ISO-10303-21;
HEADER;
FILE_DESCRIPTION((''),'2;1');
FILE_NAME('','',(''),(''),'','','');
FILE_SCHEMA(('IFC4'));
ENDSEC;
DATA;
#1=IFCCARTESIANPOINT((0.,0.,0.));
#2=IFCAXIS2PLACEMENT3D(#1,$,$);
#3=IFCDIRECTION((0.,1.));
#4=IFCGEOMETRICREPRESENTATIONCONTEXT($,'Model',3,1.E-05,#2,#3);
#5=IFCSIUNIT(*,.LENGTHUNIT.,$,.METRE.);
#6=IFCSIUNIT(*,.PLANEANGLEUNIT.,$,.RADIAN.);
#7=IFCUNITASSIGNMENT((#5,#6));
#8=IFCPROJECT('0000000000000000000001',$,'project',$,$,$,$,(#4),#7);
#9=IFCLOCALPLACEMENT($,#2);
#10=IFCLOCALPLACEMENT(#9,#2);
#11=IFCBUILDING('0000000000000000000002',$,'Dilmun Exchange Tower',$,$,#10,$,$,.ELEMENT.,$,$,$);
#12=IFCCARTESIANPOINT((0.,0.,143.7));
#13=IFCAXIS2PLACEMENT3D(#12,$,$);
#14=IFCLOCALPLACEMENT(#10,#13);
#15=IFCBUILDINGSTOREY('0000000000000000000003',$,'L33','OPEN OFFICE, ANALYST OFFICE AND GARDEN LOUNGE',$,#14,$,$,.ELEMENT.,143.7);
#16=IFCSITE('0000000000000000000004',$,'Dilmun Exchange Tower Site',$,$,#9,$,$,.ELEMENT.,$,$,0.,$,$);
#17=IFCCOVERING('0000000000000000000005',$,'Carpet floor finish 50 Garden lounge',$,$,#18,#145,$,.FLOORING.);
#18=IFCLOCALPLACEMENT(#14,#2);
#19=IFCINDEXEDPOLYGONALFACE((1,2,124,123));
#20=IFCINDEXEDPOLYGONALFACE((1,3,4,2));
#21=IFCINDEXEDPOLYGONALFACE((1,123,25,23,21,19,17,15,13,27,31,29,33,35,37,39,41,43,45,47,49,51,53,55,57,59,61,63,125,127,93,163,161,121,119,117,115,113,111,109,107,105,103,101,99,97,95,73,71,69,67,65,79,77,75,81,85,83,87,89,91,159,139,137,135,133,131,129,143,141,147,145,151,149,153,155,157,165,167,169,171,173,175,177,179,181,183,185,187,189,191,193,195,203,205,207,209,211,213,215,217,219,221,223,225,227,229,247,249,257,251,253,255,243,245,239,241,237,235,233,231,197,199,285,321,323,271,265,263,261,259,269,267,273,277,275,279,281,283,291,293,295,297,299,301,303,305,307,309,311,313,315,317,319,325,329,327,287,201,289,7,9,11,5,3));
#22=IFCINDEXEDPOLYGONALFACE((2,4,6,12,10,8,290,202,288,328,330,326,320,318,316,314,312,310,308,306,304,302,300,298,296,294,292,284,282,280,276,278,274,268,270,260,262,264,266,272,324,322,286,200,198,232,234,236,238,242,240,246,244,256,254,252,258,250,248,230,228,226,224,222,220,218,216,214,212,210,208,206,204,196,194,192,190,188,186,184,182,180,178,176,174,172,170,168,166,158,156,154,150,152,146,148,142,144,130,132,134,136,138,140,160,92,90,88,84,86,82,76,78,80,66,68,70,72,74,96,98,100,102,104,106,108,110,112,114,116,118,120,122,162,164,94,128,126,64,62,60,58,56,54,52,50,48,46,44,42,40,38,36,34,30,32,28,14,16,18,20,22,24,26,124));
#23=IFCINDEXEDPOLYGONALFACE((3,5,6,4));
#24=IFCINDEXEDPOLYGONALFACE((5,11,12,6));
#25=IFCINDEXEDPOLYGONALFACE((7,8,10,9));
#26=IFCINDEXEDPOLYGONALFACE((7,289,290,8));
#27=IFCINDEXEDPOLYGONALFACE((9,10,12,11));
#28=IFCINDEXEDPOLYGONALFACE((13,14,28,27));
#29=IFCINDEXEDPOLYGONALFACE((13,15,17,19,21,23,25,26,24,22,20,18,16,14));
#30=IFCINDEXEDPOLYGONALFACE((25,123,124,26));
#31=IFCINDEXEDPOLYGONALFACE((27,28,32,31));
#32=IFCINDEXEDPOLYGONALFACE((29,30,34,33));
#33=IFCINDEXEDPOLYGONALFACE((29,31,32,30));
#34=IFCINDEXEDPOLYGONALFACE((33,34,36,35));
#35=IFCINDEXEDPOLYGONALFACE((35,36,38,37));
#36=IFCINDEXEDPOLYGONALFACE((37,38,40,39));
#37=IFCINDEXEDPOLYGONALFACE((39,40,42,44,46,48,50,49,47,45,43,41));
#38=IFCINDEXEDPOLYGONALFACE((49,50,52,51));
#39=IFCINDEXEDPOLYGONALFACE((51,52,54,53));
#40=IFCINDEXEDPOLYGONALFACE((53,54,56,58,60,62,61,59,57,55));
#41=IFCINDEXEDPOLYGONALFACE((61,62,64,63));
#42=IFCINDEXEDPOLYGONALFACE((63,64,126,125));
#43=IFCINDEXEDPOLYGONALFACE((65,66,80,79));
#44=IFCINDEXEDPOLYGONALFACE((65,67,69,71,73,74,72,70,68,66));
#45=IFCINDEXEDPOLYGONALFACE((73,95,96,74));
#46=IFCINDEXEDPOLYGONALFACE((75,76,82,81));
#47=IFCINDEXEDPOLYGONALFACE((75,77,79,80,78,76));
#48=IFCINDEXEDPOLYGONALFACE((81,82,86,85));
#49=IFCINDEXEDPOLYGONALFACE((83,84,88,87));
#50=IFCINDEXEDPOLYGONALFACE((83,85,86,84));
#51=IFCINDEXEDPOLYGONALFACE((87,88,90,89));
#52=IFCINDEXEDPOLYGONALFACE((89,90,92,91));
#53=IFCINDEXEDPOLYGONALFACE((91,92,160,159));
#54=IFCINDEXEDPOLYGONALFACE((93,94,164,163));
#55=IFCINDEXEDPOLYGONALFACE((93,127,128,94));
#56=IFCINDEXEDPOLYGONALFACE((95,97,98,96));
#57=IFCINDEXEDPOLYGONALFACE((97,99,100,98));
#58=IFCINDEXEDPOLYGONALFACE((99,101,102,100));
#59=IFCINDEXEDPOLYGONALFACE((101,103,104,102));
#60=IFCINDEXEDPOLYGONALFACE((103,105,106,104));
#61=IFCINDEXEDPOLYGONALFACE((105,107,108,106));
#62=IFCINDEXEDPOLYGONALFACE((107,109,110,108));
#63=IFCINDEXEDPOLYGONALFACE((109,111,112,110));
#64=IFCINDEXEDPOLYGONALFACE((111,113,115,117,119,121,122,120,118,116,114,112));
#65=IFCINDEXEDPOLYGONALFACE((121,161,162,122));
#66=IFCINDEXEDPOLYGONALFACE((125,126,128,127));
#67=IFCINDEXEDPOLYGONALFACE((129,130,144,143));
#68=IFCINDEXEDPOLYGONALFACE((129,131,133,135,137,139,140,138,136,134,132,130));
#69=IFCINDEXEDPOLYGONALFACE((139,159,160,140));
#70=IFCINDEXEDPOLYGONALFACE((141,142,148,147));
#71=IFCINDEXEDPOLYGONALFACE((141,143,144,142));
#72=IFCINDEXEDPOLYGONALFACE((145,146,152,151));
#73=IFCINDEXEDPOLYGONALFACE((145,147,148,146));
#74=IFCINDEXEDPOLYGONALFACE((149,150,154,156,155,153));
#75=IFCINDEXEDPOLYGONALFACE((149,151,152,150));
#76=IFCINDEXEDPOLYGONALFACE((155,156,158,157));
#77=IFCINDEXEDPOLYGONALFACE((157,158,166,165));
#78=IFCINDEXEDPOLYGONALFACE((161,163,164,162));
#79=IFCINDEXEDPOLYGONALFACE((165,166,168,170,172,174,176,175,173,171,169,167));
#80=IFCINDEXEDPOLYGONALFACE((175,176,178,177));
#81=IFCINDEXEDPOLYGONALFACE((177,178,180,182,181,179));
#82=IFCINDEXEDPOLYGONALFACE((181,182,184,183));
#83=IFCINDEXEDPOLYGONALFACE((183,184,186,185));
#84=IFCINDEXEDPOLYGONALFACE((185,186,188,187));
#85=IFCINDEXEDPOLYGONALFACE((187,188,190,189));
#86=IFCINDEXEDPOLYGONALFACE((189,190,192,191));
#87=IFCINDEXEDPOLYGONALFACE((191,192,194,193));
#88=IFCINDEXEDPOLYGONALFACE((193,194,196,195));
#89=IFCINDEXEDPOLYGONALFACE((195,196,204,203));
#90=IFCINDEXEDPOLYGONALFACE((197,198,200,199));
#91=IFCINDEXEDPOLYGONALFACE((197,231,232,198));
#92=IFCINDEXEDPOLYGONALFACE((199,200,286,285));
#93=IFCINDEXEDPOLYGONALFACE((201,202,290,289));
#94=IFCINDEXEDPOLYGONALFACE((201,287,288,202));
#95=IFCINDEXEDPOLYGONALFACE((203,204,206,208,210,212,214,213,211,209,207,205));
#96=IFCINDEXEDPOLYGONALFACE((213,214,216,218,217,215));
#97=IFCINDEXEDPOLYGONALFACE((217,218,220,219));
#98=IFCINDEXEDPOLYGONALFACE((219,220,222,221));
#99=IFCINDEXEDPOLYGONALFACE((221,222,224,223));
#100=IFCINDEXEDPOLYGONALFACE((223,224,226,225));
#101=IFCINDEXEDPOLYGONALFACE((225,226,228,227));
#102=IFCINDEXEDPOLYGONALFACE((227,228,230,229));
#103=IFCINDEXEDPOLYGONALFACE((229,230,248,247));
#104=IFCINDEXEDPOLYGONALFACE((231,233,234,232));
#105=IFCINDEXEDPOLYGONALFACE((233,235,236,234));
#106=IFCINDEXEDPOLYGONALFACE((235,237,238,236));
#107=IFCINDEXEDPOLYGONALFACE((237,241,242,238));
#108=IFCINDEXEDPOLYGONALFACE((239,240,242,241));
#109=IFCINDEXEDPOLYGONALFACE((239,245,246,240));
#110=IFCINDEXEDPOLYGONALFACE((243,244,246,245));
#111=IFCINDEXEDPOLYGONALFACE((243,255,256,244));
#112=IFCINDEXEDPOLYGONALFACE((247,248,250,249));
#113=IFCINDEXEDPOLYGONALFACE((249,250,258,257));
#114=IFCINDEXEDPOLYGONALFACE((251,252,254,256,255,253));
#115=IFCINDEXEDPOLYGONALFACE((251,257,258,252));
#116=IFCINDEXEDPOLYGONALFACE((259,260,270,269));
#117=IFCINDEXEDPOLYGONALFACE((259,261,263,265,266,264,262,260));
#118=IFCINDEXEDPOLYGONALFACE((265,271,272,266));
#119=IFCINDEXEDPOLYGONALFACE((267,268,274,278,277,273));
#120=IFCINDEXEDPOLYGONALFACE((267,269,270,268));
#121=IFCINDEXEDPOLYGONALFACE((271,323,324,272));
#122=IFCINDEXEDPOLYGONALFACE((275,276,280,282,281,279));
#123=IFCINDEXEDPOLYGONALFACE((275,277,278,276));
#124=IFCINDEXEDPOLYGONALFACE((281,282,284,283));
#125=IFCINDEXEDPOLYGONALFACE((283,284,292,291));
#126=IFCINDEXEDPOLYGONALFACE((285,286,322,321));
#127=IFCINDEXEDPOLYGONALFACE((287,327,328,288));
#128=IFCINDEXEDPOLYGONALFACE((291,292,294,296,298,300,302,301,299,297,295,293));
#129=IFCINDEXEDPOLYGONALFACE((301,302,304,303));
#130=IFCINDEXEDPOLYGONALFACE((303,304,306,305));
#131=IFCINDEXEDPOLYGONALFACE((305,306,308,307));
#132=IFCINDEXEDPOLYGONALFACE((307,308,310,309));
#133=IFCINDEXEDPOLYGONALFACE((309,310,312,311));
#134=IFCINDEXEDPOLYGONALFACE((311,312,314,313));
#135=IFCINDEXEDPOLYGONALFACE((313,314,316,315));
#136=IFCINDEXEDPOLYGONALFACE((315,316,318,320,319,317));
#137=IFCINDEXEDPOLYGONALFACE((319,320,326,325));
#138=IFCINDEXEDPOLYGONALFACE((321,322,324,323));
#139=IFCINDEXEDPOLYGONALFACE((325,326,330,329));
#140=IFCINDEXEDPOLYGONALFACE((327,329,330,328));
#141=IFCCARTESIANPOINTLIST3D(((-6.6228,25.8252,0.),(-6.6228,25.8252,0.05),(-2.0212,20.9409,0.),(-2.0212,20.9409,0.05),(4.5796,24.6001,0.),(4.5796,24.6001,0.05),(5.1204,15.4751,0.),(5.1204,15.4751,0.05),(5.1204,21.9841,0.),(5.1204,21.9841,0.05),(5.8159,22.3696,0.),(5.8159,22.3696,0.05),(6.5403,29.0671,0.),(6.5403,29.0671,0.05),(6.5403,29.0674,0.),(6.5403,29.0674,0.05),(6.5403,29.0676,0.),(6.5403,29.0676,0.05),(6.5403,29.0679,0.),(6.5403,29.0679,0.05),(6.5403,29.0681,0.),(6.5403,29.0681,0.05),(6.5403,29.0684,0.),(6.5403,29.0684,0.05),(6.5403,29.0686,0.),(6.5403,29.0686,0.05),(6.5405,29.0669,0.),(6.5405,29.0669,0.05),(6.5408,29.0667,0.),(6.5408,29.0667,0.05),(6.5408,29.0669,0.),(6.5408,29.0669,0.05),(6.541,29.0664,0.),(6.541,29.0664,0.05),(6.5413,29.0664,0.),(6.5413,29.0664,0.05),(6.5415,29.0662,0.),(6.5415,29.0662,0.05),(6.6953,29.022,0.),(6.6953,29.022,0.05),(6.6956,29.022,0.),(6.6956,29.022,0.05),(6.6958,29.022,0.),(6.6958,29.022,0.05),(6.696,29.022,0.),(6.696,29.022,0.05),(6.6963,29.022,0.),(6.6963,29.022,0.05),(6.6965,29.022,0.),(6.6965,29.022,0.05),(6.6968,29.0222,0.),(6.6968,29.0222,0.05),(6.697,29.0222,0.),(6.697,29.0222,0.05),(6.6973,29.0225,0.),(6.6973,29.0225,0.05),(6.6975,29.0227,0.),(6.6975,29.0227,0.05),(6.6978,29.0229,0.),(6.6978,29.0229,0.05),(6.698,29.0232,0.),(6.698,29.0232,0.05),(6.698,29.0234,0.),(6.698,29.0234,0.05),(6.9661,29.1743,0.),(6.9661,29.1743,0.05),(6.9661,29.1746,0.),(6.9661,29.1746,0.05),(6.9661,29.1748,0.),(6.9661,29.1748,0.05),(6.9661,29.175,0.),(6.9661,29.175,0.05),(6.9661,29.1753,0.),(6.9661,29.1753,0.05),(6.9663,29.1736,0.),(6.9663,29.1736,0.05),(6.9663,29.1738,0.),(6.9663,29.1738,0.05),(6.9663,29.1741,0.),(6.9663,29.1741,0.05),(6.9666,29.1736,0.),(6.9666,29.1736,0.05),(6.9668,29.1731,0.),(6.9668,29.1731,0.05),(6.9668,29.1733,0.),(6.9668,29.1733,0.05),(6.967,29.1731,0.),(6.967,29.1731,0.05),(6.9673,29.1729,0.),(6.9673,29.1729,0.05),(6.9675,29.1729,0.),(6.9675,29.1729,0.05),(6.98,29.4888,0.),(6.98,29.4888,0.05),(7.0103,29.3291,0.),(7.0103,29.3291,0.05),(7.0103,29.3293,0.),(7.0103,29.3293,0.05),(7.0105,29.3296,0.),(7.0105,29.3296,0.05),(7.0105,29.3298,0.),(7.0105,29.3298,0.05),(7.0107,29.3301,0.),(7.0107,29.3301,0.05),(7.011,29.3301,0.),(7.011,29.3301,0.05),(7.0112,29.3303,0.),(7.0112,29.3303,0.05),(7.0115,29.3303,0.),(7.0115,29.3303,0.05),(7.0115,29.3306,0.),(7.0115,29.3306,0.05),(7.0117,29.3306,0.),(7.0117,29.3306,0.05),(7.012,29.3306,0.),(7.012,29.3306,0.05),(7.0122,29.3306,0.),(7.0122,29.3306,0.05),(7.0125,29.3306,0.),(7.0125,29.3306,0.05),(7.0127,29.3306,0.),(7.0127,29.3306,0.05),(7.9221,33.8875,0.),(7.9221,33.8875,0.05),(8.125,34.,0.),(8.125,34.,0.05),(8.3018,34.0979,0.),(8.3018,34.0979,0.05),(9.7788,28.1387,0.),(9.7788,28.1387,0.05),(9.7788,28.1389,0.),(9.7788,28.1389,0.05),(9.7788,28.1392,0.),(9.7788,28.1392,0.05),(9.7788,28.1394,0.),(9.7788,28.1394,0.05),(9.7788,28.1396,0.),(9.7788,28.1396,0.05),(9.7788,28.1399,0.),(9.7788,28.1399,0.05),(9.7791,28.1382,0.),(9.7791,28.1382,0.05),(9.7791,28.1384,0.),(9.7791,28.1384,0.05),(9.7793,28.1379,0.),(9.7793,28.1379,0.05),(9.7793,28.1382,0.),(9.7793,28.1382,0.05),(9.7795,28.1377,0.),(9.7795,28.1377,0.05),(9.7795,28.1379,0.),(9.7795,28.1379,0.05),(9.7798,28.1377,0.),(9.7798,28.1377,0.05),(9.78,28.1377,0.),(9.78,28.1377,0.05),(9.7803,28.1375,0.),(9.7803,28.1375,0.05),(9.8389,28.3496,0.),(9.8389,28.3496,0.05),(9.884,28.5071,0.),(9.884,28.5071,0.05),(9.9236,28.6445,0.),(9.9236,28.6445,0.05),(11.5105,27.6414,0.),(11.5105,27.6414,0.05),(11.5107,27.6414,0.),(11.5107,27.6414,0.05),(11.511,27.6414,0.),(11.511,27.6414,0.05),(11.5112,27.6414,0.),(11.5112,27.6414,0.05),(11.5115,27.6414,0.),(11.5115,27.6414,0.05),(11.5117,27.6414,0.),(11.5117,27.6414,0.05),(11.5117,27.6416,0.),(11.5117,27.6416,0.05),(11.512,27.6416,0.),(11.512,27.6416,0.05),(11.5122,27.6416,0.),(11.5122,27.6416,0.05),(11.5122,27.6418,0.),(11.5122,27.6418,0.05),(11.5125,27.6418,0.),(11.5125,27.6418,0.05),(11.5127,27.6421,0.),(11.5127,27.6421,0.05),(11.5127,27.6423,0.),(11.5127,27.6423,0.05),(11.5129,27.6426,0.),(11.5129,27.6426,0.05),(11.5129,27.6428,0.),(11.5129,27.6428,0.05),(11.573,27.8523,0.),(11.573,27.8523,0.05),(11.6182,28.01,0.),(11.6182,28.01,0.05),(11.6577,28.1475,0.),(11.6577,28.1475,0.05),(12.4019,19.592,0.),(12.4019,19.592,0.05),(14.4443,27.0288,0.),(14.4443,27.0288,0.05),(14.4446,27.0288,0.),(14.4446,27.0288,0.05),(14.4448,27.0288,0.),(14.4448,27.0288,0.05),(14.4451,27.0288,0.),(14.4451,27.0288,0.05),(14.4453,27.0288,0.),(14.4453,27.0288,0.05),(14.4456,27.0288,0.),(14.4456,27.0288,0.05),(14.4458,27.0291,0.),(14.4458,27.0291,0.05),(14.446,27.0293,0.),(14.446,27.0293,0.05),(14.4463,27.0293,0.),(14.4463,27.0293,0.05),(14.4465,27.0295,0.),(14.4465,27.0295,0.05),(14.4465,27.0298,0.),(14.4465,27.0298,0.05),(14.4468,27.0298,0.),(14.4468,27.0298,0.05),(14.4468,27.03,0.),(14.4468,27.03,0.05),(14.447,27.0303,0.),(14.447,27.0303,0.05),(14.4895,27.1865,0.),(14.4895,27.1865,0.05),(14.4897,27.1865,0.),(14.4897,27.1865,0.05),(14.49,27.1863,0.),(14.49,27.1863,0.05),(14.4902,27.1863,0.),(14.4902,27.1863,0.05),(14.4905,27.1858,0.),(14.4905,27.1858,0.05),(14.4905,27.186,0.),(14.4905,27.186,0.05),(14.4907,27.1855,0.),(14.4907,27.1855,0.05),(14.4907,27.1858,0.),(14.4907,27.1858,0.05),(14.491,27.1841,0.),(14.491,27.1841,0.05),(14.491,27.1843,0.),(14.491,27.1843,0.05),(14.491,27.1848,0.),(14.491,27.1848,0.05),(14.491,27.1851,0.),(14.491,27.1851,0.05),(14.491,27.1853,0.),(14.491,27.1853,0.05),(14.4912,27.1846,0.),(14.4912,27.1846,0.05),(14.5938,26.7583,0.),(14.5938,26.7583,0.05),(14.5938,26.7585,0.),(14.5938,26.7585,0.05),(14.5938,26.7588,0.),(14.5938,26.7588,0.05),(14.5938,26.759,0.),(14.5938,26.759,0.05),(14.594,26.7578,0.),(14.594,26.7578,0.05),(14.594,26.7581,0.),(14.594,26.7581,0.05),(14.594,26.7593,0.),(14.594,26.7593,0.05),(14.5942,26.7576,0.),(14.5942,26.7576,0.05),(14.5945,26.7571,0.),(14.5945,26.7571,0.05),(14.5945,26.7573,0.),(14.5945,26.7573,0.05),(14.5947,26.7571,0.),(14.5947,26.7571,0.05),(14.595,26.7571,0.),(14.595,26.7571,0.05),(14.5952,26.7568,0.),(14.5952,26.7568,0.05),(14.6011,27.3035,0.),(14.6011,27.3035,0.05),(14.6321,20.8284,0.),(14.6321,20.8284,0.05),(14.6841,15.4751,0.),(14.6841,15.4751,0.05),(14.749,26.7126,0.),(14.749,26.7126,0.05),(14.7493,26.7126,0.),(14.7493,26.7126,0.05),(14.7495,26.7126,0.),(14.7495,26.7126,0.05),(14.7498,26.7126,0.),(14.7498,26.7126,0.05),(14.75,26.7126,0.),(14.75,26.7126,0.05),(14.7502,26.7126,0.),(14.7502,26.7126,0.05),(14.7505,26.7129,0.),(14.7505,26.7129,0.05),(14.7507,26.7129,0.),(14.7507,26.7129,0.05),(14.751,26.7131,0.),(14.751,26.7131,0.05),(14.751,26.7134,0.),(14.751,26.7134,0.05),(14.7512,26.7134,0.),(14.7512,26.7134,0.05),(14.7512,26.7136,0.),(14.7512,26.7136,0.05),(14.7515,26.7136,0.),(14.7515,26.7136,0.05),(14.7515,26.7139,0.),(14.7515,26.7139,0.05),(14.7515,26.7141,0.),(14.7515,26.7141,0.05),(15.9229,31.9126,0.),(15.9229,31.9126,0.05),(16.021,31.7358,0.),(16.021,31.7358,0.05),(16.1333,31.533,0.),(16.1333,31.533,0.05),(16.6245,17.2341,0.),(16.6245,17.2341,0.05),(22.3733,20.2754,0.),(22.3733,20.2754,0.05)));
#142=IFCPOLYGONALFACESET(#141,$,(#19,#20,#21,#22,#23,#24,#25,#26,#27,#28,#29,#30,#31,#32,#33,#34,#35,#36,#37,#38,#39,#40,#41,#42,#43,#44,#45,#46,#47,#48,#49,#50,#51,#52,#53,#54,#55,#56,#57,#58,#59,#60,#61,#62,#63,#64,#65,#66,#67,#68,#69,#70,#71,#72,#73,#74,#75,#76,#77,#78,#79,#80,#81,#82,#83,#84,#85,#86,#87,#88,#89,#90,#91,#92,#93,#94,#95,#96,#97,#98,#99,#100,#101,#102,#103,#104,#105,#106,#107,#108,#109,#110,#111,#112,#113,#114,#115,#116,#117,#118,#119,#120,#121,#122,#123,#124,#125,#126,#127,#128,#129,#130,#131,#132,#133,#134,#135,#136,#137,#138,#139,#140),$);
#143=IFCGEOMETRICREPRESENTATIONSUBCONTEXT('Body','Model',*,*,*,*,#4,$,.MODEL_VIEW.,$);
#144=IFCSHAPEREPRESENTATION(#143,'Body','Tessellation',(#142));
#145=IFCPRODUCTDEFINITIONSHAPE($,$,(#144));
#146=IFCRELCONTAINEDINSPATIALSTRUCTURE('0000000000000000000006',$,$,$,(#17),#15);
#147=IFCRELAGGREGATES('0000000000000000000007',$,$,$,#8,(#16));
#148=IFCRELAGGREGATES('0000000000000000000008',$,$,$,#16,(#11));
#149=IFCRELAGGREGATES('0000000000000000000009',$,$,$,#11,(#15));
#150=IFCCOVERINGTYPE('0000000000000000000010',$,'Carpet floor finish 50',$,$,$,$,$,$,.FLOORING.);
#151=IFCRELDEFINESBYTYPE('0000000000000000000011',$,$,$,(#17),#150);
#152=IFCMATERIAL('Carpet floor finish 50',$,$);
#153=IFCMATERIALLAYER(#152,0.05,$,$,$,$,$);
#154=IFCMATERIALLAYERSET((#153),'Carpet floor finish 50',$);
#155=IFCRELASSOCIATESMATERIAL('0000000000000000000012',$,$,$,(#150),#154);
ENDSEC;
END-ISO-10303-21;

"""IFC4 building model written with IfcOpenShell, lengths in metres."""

from ifc_helpers import new_model, si_unit, direction, frame, origin, place, context, subcontext, project, spatial, polyline, outline, extrude, material, layer, layer_set, type_object, element, save


model = new_model("IFC4")

# Units and contexts
model_context = context("Model", 3, precision=1e-05, world=origin(), true_north=direction((0.0, 1.0)))
body_context = subcontext(model_context, "Body", "Model", "MODEL_VIEW")
ifc_project = project(units=[si_unit("LENGTHUNIT", "METRE"), si_unit("PLANEANGLEUNIT", "RADIAN")], contexts=[model_context])

# Site, building, storey
site_placement = place(None, origin())
site = spatial("IfcSite", under=ifc_project, at=site_placement, Name="Dilmun Exchange Tower Site", CompositionType="ELEMENT", RefElevation=0.0)
building_placement = place(site_placement, origin())
building = spatial("IfcBuilding", under=site, at=building_placement, Name="Dilmun Exchange Tower", CompositionType="ELEMENT")
storey_placement = place(building_placement, frame((0.0, 0.0, 143.7)))
storey = spatial("IfcBuildingStorey", under=building, at=storey_placement, Name="L33", Description="OPEN OFFICE, ANALYST OFFICE AND GARDEN LOUNGE", CompositionType="ELEMENT", Elevation=143.7)

# Covering
ifc_material_1 = material(Name="Carpet floor finish 50")
ifc_layer_1 = layer(ifc_material_1, 0.05)
ifc_layer_set_1 = layer_set([ifc_layer_1], Name="Carpet floor finish 50")
covering_type_1 = type_object("IfcCoveringType", Name="Carpet floor finish 50", PredefinedType="FLOORING", material=ifc_layer_set_1)
covering_1_placement = place(storey_placement, origin())
element("IfcCovering", 1, at=covering_1_placement, inside=storey, type_object=covering_type_1, Name="Carpet floor finish 50 Garden lounge", PredefinedType="FLOORING", context=body_context, shape_type="SweptSolid", body=[
    extrude(outline(polyline([(14.6321, 20.8284), (12.4019, 19.592), (14.6841, 15.4751), (5.1204, 15.4751), (5.1204, 21.9841), (5.8159, 22.3696), (4.5796, 24.6001), (-2.0212, 20.9409), (-6.6228, 25.8252), (7.9221, 33.8875), (6.5403, 29.0686), (6.5403, 29.0684), (6.5403, 29.0681), (6.5403, 29.0681), (6.5403, 29.0679), (6.5403, 29.0676), (6.5403, 29.0674), (6.5403, 29.0674), (6.5403, 29.0671), (6.5405, 29.0669), (6.5408, 29.0669), (6.5408, 29.0667), (6.541, 29.0664), (6.541, 29.0664), (6.5413, 29.0664), (6.5415, 29.0662), (6.5415, 29.0662), (6.6953, 29.022), (6.6956, 29.022), (6.6958, 29.022), (6.696, 29.022), (6.6963, 29.022), (6.6963, 29.022), (6.6965, 29.022), (6.6968, 29.0222), (6.697, 29.0222), (6.697, 29.0222), (6.6973, 29.0225), (6.6975, 29.0227), (6.6975, 29.0227), (6.6978, 29.0229), (6.6978, 29.0229), (6.698, 29.0232), (6.698, 29.0234), (8.125, 34.0), (8.3018, 34.0979), (6.98, 29.4888), (9.9236, 28.6445), (9.884, 28.5071), (7.0127, 29.3306), (7.0125, 29.3306), (7.0122, 29.3306), (7.0122, 29.3306), (7.012, 29.3306), (7.0117, 29.3306), (7.0115, 29.3306), (7.0115, 29.3303), (7.0112, 29.3303), (7.011, 29.3301), (7.011, 29.3301), (7.0107, 29.3301), (7.0105, 29.3298), (7.0105, 29.3296), (7.0105, 29.3296), (7.0103, 29.3293), (7.0103, 29.3291), (6.9661, 29.1753), (6.9661, 29.1753), (6.9661, 29.175), (6.9661, 29.1748), (6.9661, 29.1746), (6.9661, 29.1743), (6.9661, 29.1743), (6.9663, 29.1741), (6.9663, 29.1738), (6.9663, 29.1736), (6.9666, 29.1736), (6.9668, 29.1733), (6.9668, 29.1731), (6.967, 29.1731), (6.967, 29.1731), (6.9673, 29.1729), (6.9675, 29.1729), (9.8389, 28.3496), (9.7788, 28.1399), (9.7788, 28.1399), (9.7788, 28.1396), (9.7788, 28.1394), (9.7788, 28.1392), (9.7788, 28.1389), (9.7788, 28.1389), (9.7788, 28.1387), (9.7791, 28.1384), (9.7791, 28.1382), (9.7793, 28.1382), (9.7793, 28.1379), (9.7795, 28.1379), (9.7795, 28.1377), (9.7798, 28.1377), (9.78, 28.1377), (9.7803, 28.1375), (11.5105, 27.6414), (11.5107, 27.6414), (11.511, 27.6414), (11.511, 27.6414), (11.5112, 27.6414), (11.5115, 27.6414), (11.5117, 27.6414), (11.5117, 27.6416), (11.512, 27.6416), (11.5122, 27.6416), (11.5122, 27.6418), (11.5125, 27.6418), (11.5127, 27.6421), (11.5127, 27.6421), (11.5127, 27.6423), (11.5129, 27.6426), (11.5129, 27.6428), (11.573, 27.8523), (14.4443, 27.0288), (14.4446, 27.0288), (14.4448, 27.0288), (14.4451, 27.0288), (14.4453, 27.0288), (14.4453, 27.0288), (14.4456, 27.0288), (14.4458, 27.0291), (14.4458, 27.0291), (14.446, 27.0293), (14.4463, 27.0293), (14.4463, 27.0293), (14.4465, 27.0295), (14.4465, 27.0298), (14.4468, 27.0298), (14.4468, 27.03), (14.447, 27.0303), (14.491, 27.1841), (14.491, 27.1841), (14.491, 27.1843), (14.4912, 27.1846), (14.491, 27.1848), (14.491, 27.1851), (14.491, 27.1853), (14.491, 27.1853), (14.4907, 27.1855), (14.4907, 27.1858), (14.4905, 27.1858), (14.4905, 27.186), (14.4902, 27.1863), (14.49, 27.1863), (14.49, 27.1863), (14.4897, 27.1865), (14.4895, 27.1865), (11.6182, 28.01), (11.6577, 28.1475), (14.6011, 27.3035), (15.9229, 31.9126), (16.021, 31.7358), (14.594, 26.7593), (14.5938, 26.759), (14.5938, 26.7588), (14.5938, 26.7588), (14.5938, 26.7585), (14.5938, 26.7583), (14.594, 26.7581), (14.594, 26.7581), (14.594, 26.7578), (14.5942, 26.7576), (14.5942, 26.7576), (14.5945, 26.7573), (14.5945, 26.7571), (14.5947, 26.7571), (14.595, 26.7571), (14.5952, 26.7568), (14.5952, 26.7568), (14.749, 26.7126), (14.7493, 26.7126), (14.7495, 26.7126), (14.7495, 26.7126), (14.7498, 26.7126), (14.75, 26.7126), (14.7502, 26.7126), (14.7505, 26.7129), (14.7505, 26.7129), (14.7507, 26.7129), (14.751, 26.7131), (14.751, 26.7134), (14.7512, 26.7134), (14.7512, 26.7136), (14.7515, 26.7136), (14.7515, 26.7139), (14.7515, 26.7141), (16.1333, 31.533), (22.3733, 20.2754), (16.6245, 17.2341), (14.6321, 20.8284)])), origin(), (0.0, 0.0, 1.0), 0.05),
])

save(model, "model.ifc")
